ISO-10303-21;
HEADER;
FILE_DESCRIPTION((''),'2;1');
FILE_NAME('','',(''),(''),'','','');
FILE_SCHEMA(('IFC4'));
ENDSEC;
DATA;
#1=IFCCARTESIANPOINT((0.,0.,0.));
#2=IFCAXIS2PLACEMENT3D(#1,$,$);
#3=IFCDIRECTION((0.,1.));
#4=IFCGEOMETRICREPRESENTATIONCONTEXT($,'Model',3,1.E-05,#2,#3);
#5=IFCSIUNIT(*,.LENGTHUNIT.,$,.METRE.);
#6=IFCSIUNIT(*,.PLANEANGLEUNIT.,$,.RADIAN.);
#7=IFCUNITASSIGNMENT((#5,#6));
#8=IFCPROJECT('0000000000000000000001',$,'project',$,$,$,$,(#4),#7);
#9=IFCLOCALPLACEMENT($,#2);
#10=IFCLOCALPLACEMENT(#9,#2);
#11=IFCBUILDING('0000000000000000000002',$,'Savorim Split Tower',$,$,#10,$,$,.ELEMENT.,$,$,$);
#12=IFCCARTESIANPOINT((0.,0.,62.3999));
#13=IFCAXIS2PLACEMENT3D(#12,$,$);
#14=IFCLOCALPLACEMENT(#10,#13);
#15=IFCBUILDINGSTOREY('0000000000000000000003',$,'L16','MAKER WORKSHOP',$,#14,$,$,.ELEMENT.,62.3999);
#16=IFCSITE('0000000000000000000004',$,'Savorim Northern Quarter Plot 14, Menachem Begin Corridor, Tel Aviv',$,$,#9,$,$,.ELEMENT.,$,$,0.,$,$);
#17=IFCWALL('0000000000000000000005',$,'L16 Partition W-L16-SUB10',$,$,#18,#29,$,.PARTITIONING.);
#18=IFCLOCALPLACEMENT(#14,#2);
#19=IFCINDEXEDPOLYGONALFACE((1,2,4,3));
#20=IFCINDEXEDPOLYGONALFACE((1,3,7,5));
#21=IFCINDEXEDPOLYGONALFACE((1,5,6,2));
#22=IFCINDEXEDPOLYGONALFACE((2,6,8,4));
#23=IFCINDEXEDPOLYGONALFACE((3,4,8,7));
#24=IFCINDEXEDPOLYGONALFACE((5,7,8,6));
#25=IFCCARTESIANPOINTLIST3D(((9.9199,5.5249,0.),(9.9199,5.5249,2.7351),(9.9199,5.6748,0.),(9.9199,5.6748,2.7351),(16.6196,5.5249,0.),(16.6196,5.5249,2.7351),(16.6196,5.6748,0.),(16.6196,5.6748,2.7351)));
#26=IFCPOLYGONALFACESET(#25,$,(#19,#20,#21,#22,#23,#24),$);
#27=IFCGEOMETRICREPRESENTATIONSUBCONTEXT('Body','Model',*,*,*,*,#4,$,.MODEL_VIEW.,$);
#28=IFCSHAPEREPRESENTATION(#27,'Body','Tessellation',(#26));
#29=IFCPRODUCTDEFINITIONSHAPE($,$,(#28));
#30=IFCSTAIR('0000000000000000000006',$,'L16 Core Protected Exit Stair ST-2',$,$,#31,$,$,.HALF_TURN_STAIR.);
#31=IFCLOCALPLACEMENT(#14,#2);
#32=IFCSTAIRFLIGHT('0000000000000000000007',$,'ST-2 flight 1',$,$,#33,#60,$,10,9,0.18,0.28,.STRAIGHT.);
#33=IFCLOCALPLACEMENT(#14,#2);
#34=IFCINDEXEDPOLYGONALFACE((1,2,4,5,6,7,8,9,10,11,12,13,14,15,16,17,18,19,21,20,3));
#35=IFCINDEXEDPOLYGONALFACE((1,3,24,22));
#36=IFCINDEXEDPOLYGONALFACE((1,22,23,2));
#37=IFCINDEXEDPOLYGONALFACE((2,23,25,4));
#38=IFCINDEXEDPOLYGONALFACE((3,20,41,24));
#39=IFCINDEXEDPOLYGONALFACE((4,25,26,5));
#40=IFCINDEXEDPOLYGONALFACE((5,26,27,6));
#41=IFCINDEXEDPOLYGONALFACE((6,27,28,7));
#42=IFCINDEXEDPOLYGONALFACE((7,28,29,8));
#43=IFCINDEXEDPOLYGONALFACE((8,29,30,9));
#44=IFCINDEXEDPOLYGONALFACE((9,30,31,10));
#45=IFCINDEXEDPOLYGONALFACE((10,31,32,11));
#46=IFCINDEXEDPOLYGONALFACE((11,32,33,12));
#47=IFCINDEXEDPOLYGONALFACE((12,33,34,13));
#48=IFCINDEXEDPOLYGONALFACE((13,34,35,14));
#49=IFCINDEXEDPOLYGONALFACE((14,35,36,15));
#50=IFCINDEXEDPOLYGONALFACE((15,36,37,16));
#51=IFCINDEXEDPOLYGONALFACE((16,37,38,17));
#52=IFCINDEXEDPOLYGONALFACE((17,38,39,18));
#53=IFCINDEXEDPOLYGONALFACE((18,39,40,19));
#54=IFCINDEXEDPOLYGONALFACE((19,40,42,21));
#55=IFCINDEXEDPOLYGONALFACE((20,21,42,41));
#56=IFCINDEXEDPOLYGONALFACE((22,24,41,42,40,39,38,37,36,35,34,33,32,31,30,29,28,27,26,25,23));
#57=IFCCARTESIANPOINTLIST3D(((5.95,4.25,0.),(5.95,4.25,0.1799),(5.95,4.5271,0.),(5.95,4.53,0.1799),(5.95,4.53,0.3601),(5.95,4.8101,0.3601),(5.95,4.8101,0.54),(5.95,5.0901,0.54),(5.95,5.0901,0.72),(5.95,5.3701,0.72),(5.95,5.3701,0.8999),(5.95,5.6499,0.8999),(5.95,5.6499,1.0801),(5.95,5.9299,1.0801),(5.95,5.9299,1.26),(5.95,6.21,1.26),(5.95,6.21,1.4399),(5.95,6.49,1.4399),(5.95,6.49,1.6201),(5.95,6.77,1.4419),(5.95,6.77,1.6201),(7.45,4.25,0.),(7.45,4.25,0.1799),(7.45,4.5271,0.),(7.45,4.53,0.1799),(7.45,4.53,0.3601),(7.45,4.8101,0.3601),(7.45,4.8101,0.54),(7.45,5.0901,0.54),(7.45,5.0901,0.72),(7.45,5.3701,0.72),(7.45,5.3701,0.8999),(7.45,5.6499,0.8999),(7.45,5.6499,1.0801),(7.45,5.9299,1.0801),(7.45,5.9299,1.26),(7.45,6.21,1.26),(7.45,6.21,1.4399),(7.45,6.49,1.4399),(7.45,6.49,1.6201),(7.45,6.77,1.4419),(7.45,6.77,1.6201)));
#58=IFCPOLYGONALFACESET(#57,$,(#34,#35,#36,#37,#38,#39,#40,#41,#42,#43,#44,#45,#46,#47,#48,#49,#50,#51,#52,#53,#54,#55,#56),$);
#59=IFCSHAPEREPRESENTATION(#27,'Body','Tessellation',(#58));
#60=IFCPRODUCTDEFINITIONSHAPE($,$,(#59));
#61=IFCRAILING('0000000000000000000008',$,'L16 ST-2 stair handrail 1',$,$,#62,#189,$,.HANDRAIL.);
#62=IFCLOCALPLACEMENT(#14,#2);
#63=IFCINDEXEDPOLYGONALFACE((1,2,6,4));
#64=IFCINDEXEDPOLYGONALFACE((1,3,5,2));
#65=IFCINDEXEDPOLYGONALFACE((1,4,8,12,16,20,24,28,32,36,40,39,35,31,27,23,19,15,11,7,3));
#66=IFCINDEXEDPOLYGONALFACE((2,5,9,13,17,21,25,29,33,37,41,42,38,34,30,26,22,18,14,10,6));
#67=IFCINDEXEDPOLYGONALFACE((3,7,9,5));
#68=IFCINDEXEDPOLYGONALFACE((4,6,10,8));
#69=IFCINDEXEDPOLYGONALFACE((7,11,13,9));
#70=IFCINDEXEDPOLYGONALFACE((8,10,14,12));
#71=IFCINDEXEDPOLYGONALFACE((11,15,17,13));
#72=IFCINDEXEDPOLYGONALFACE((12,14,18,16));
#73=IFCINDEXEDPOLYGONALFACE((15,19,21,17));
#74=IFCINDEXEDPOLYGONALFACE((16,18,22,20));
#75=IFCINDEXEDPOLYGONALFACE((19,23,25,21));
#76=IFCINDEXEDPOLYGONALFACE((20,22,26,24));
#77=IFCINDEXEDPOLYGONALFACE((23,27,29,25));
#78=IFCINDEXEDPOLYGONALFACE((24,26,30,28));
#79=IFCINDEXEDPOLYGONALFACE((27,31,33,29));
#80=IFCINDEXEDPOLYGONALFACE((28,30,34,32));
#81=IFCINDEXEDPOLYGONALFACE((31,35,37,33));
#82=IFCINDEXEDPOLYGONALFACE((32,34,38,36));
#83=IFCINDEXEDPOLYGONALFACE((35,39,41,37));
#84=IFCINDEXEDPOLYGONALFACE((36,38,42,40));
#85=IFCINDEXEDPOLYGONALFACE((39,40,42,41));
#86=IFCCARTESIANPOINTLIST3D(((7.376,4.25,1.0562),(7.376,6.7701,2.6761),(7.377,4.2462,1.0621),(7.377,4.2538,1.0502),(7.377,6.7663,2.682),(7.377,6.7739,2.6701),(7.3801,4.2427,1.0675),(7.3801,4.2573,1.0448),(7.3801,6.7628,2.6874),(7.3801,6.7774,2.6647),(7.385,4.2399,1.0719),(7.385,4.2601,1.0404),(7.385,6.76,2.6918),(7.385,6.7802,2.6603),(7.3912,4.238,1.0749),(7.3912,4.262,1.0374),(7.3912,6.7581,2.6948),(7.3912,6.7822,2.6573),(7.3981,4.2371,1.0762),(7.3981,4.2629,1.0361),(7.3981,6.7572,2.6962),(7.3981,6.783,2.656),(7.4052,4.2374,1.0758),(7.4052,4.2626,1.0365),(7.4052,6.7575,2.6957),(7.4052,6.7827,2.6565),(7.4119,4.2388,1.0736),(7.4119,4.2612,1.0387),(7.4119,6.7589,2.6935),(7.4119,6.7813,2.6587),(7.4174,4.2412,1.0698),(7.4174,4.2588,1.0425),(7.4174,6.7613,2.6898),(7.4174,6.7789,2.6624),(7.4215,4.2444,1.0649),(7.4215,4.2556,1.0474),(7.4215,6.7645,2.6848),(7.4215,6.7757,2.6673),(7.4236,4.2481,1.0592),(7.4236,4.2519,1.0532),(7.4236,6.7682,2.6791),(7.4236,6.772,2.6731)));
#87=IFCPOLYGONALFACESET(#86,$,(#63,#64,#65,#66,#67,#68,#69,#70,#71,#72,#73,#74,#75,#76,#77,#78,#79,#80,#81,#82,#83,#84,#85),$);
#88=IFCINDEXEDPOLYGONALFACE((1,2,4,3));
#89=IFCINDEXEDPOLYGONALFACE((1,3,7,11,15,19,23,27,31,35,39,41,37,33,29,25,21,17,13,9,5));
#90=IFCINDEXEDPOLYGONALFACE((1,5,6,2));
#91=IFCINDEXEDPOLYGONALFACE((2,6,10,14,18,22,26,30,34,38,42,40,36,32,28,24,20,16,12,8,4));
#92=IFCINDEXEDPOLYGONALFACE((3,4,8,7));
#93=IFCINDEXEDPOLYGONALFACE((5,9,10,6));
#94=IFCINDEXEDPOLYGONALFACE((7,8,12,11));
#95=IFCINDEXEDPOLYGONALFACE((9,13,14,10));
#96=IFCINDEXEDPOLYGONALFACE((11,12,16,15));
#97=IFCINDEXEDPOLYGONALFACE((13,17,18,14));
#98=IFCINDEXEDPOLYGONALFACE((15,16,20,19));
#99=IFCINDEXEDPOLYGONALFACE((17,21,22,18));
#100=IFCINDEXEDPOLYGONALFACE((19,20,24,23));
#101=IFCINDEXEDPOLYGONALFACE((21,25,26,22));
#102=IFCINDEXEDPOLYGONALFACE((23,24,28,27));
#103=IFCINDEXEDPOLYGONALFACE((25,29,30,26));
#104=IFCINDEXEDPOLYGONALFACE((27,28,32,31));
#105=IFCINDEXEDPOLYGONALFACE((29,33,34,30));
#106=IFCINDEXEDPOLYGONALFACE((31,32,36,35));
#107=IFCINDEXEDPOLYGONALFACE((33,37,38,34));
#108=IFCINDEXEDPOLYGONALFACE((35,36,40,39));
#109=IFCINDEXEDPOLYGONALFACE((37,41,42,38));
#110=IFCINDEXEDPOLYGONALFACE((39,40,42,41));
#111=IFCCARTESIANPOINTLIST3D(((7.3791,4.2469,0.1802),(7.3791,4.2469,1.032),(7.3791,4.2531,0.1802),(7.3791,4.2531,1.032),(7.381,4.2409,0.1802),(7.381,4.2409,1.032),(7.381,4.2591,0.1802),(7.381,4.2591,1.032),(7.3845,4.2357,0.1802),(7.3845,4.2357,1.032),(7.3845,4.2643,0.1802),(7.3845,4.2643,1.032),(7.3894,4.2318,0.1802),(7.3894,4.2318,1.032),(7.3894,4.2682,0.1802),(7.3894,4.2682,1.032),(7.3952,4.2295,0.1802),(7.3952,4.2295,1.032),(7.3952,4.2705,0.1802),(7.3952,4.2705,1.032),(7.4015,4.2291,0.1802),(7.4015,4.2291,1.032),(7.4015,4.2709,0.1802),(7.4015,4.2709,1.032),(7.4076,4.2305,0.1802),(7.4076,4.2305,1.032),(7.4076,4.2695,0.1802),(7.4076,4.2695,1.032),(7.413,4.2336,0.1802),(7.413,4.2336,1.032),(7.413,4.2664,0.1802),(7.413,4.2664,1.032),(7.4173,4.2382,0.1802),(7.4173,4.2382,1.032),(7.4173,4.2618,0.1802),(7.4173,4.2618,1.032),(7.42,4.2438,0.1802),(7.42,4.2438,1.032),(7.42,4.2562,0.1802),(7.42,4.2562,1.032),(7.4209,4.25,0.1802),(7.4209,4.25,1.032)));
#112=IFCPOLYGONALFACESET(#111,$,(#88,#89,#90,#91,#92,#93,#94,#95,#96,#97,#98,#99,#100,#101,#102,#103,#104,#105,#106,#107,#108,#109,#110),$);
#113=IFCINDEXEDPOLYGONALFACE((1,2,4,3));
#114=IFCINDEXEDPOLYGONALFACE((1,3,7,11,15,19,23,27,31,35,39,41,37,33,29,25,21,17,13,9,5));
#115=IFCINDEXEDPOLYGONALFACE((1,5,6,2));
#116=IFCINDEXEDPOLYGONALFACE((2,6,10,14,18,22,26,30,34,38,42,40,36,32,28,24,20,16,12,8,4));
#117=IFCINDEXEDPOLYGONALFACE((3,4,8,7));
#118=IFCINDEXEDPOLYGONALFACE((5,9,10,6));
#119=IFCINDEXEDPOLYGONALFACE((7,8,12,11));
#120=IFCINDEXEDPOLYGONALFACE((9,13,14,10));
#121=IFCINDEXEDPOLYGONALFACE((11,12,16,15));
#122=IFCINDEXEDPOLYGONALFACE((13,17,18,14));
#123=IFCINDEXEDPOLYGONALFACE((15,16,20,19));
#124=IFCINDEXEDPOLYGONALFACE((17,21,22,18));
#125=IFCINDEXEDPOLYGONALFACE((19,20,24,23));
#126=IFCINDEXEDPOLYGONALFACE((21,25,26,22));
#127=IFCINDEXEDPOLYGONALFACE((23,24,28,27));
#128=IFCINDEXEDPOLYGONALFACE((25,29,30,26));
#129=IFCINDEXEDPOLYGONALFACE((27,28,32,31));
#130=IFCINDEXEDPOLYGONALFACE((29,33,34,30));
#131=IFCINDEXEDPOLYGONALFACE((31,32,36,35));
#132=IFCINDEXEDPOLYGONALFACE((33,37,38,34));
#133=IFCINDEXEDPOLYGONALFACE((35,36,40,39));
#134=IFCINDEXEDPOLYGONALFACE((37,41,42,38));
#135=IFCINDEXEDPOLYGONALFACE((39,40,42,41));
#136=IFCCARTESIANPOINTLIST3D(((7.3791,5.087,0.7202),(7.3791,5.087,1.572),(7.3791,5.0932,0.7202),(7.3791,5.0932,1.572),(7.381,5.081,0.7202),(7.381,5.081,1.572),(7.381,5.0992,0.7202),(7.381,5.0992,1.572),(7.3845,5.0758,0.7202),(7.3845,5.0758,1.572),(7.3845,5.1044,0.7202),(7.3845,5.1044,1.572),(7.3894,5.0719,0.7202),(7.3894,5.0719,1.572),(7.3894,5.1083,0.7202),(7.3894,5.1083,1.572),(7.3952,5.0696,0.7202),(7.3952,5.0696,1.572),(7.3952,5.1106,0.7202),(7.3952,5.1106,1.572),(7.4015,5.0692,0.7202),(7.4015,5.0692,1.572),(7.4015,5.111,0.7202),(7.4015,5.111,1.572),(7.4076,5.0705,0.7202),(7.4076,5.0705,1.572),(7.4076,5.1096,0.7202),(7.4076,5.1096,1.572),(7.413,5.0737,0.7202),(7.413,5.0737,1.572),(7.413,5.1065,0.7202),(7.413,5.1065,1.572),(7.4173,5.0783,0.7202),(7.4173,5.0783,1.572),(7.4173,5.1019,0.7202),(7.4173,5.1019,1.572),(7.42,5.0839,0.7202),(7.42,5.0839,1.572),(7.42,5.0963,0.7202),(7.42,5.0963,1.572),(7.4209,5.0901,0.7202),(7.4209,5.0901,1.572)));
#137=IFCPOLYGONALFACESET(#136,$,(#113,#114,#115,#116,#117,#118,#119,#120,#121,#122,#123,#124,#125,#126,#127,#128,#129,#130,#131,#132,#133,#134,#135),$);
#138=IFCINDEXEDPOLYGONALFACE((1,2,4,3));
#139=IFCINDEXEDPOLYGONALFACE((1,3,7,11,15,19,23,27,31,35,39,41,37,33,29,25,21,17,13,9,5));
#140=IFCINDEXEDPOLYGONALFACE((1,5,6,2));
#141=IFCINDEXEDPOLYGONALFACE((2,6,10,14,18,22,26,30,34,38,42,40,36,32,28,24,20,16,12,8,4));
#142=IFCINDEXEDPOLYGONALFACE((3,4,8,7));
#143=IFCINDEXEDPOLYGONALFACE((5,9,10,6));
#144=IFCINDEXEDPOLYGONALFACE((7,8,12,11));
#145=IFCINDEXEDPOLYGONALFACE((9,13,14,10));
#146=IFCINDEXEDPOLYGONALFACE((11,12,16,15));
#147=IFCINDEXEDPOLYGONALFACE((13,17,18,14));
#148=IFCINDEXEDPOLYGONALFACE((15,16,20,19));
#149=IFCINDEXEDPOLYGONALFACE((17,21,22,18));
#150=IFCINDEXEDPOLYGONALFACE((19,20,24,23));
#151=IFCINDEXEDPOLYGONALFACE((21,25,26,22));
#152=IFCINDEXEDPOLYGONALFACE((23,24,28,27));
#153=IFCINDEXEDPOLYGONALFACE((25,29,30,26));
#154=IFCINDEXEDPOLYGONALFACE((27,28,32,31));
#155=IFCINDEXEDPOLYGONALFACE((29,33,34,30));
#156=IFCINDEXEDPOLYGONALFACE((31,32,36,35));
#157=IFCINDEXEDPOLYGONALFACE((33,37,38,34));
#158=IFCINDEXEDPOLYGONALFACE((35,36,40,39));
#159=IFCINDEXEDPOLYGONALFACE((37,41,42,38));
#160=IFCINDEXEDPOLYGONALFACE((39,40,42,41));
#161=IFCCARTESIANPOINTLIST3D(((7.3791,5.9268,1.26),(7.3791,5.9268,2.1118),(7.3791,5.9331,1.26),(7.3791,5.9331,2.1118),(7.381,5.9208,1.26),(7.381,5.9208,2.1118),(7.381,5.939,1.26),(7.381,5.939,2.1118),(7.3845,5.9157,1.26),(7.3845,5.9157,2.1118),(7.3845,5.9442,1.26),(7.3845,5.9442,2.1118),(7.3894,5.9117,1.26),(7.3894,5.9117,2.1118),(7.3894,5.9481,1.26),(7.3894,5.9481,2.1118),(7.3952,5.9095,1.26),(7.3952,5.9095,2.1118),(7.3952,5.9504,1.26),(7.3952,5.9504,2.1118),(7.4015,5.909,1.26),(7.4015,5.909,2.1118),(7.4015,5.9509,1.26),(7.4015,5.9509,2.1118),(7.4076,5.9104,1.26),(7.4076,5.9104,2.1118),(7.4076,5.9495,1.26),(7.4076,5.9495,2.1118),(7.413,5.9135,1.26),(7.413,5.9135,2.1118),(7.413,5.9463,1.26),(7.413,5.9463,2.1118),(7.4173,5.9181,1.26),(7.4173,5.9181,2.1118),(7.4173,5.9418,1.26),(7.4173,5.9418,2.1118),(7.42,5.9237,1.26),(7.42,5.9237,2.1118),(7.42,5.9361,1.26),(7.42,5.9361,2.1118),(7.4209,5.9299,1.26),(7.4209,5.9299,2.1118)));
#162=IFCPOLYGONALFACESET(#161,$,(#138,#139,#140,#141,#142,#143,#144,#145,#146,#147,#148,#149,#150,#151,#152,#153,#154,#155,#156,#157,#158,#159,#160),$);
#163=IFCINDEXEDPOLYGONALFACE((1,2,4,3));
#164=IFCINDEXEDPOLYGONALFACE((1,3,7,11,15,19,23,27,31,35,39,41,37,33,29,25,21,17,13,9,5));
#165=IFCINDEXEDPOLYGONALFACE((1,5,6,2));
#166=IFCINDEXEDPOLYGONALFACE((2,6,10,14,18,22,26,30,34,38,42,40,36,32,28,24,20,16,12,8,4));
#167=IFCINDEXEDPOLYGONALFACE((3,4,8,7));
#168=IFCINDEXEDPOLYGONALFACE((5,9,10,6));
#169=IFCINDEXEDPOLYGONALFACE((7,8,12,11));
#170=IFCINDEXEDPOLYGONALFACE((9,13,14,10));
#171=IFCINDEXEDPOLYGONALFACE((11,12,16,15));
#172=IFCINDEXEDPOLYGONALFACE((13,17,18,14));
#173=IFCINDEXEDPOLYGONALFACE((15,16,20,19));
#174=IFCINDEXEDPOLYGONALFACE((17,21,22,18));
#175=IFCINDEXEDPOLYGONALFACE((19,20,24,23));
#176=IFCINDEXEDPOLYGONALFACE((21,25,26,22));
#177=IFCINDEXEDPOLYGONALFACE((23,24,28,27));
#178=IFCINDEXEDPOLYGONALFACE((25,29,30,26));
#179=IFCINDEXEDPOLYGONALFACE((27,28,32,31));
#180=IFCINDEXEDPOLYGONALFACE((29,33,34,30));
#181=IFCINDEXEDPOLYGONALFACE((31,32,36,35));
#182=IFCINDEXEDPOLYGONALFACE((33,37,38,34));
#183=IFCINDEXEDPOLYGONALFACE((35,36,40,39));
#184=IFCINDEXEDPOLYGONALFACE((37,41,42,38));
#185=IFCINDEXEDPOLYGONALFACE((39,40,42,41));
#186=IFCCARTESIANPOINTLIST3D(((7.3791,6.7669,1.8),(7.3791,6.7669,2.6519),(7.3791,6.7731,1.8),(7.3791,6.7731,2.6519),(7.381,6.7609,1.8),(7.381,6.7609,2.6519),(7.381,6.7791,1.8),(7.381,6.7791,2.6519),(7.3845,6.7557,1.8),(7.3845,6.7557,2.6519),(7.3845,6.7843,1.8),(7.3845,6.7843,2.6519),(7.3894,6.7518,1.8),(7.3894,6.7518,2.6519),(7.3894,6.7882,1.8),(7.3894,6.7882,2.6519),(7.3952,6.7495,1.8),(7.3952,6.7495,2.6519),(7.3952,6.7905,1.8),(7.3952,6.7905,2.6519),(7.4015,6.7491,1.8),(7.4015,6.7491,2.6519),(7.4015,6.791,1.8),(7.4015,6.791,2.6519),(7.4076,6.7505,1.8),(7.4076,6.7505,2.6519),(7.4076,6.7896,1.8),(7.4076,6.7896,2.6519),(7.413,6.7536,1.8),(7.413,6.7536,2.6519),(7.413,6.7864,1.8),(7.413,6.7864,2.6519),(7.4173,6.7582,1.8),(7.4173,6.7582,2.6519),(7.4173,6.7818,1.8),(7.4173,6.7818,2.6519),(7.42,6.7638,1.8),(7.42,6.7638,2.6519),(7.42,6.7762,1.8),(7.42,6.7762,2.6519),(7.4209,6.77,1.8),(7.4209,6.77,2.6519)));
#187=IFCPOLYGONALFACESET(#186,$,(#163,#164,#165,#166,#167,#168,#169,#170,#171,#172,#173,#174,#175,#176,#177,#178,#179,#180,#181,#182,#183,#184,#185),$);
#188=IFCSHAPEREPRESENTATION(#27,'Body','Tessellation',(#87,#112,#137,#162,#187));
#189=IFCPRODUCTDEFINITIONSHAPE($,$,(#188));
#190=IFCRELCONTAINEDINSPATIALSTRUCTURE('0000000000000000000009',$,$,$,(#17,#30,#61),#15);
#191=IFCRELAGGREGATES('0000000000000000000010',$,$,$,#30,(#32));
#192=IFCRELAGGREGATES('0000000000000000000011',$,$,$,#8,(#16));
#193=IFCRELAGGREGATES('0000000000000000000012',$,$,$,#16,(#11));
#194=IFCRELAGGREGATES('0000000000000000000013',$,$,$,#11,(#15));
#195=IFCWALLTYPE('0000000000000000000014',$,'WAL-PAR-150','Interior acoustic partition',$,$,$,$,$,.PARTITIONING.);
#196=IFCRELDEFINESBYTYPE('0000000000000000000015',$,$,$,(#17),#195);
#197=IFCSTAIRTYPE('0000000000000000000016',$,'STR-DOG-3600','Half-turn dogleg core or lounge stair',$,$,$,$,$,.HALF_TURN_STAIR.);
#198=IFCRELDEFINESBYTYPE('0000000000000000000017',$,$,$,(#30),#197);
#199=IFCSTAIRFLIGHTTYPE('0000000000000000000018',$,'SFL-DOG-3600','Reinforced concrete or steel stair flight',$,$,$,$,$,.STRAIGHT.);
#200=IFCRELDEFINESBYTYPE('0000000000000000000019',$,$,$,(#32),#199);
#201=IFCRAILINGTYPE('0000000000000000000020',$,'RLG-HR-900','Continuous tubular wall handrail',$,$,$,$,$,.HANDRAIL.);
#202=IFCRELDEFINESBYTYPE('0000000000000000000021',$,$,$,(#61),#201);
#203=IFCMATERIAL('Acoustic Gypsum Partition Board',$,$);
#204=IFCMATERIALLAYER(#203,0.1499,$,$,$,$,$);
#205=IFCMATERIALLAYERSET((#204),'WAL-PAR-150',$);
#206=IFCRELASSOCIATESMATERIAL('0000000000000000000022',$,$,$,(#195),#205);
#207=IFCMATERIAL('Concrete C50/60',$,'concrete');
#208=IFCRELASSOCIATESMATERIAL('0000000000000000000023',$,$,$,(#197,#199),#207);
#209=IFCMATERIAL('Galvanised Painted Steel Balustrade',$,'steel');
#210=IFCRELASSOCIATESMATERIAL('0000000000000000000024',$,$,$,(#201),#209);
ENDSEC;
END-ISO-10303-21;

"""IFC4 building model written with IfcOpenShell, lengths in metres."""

from ifc_helpers import new_model, si_unit, direction, frame, frame_2d, origin, origin_2d, place, context, subcontext, project, spatial, polyline, rectangle, circle, outline, extrude, material, layer, layer_set, type_object, element, aggregate, save


model = new_model("IFC4")

# Units and contexts
model_context = context("Model", 3, precision=1e-05, world=origin(), true_north=direction((0.0, 1.0)))
body_context = subcontext(model_context, "Body", "Model", "MODEL_VIEW")
ifc_project = project(units=[si_unit("LENGTHUNIT", "METRE"), si_unit("PLANEANGLEUNIT", "RADIAN")], contexts=[model_context])

# Site, building, storey
site_placement = place(None, origin())
site = spatial("IfcSite", under=ifc_project, at=site_placement, Name="Savorim Northern Quarter Plot 14, Menachem Begin Corridor, Tel Aviv", CompositionType="ELEMENT", RefElevation=0.0)
building_placement = place(site_placement, origin())
building = spatial("IfcBuilding", under=site, at=building_placement, Name="Savorim Split Tower", CompositionType="ELEMENT")
storey_placement = place(building_placement, frame((0.0, 0.0, 62.3999)))
storey = spatial("IfcBuildingStorey", under=building, at=storey_placement, Name="L16", Description="MAKER WORKSHOP", CompositionType="ELEMENT", Elevation=62.3999)

# Shared definitions
ifc_material_1 = material(Name="Concrete C50/60", Category="concrete")

# Wall
ifc_material_2 = material(Name="Acoustic Gypsum Partition Board")
ifc_layer_1 = layer(ifc_material_2, 0.1499)
ifc_layer_set_1 = layer_set([ifc_layer_1], Name="WAL-PAR-150")
wall_type_1 = type_object("IfcWallType", Name="WAL-PAR-150", Description="Interior acoustic partition", PredefinedType="PARTITIONING", material=ifc_layer_set_1)
wall_1_placement = place(storey_placement, frame((9.9199, 5.5999, 0.0), z_axis=(0.0, 0.0, 1.0), x_axis=(1.0, 0.0, 0.0)))
element("IfcWall", 1, at=wall_1_placement, inside=storey, type_object=wall_type_1, Name="L16 Partition W-L16-SUB10", PredefinedType="PARTITIONING", context=body_context, shape_type="SweptSolid", body=[
    extrude(rectangle(XDim=6.6997, YDim=0.1499, at=frame_2d((3.3499, 0.0))), origin(), (0.0, 0.0, 1.0), 2.7351),
])

# Stair, stair flight
stair_type = type_object("IfcStairType", Name="STR-DOG-3600", Description="Half-turn dogleg core or lounge stair", PredefinedType="HALF_TURN_STAIR", material=ifc_material_1)
stair_placement = place(storey_placement, origin())
stair = element("IfcStair", 2, at=stair_placement, inside=storey, type_object=stair_type, Name="L16 Core Protected Exit Stair ST-2", PredefinedType="HALF_TURN_STAIR")
stair_flight_type = type_object("IfcStairFlightType", Name="SFL-DOG-3600", Description="Reinforced concrete or steel stair flight", PredefinedType="STRAIGHT", material=ifc_material_1)
stair_flight_placement = place(storey_placement, frame((6.7, 4.25, 0.0), z_axis=(0.0, 0.0, 1.0), x_axis=(0.0, 1.0, 0.0)))
stair_flight = element("IfcStairFlight", 3, at=stair_flight_placement, type_object=stair_flight_type, Name="ST-2 flight 1", NumberOfRisers=10, NumberOfTreads=9, PredefinedType="STRAIGHT", RiserHeight=0.18, TreadLength=0.28, context=body_context, shape_type="SweptSolid", body=[
    extrude(outline(polyline([(0.0, 0.0), (0.0, 0.1799), (0.28, 0.1799), (0.28, 0.3601), (0.5601, 0.3601), (0.5601, 0.54), (0.8401, 0.54), (0.8401, 0.72), (1.1201, 0.72), (1.1201, 0.8999), (1.3999, 0.8999), (1.3999, 1.0801), (1.6799, 1.0801), (1.6799, 1.26), (1.96, 1.26), (1.96, 1.4399), (2.24, 1.4399), (2.24, 1.6201), (2.52, 1.6201), (2.52, 1.8), (2.52, 1.4419), (0.2771, 0.0), (0.0, 0.0)])), frame((0.0, 0.75, 0.0), z_axis=(0.0, -1.0, 0.0), x_axis=(1.0, 0.0, 0.0)), (0.0, 0.0, 1.0), 1.5),
])
aggregate(stair, [stair_flight])

# Railing
ifc_material_3 = material(Name="Galvanised Painted Steel Balustrade", Category="steel")
railing_type_1 = type_object("IfcRailingType", Name="RLG-HR-900", Description="Continuous tubular wall handrail", PredefinedType="HANDRAIL", material=ifc_material_3)
railing_1_placement = place(storey_placement, frame((7.3999, 4.25, 0.1802)))
element("IfcRailing", 4, at=railing_1_placement, inside=storey, type_object=railing_type_1, Name="L16 ST-2 stair handrail 1", PredefinedType="HANDRAIL", context=body_context, shape_type="SweptSolid", body=[
    extrude(circle(Radius=0.0239, at=origin_2d()), frame((0.0, 0.0, 0.876), z_axis=(0.0, 0.8412, 0.540725), x_axis=(-1.0, 0.0, 0.0)), (0.0, 0.0, 1.0), 2.9958),
    extrude(circle(Radius=0.021, at=origin_2d()), origin(), (0.0, 0.0, 1.0), 0.8518),
    extrude(circle(Radius=0.021, at=origin_2d()), frame((0.0, 0.8401, 0.54)), (0.0, 0.0, 1.0), 0.8518),
    extrude(circle(Radius=0.021, at=origin_2d()), frame((0.0, 1.6799, 1.0798)), (0.0, 0.0, 1.0), 0.8518),
    extrude(circle(Radius=0.021, at=origin_2d()), frame((0.0, 2.52, 1.6199)), (0.0, 0.0, 1.0), 0.8518),
])

save(model, "model.ifc")
